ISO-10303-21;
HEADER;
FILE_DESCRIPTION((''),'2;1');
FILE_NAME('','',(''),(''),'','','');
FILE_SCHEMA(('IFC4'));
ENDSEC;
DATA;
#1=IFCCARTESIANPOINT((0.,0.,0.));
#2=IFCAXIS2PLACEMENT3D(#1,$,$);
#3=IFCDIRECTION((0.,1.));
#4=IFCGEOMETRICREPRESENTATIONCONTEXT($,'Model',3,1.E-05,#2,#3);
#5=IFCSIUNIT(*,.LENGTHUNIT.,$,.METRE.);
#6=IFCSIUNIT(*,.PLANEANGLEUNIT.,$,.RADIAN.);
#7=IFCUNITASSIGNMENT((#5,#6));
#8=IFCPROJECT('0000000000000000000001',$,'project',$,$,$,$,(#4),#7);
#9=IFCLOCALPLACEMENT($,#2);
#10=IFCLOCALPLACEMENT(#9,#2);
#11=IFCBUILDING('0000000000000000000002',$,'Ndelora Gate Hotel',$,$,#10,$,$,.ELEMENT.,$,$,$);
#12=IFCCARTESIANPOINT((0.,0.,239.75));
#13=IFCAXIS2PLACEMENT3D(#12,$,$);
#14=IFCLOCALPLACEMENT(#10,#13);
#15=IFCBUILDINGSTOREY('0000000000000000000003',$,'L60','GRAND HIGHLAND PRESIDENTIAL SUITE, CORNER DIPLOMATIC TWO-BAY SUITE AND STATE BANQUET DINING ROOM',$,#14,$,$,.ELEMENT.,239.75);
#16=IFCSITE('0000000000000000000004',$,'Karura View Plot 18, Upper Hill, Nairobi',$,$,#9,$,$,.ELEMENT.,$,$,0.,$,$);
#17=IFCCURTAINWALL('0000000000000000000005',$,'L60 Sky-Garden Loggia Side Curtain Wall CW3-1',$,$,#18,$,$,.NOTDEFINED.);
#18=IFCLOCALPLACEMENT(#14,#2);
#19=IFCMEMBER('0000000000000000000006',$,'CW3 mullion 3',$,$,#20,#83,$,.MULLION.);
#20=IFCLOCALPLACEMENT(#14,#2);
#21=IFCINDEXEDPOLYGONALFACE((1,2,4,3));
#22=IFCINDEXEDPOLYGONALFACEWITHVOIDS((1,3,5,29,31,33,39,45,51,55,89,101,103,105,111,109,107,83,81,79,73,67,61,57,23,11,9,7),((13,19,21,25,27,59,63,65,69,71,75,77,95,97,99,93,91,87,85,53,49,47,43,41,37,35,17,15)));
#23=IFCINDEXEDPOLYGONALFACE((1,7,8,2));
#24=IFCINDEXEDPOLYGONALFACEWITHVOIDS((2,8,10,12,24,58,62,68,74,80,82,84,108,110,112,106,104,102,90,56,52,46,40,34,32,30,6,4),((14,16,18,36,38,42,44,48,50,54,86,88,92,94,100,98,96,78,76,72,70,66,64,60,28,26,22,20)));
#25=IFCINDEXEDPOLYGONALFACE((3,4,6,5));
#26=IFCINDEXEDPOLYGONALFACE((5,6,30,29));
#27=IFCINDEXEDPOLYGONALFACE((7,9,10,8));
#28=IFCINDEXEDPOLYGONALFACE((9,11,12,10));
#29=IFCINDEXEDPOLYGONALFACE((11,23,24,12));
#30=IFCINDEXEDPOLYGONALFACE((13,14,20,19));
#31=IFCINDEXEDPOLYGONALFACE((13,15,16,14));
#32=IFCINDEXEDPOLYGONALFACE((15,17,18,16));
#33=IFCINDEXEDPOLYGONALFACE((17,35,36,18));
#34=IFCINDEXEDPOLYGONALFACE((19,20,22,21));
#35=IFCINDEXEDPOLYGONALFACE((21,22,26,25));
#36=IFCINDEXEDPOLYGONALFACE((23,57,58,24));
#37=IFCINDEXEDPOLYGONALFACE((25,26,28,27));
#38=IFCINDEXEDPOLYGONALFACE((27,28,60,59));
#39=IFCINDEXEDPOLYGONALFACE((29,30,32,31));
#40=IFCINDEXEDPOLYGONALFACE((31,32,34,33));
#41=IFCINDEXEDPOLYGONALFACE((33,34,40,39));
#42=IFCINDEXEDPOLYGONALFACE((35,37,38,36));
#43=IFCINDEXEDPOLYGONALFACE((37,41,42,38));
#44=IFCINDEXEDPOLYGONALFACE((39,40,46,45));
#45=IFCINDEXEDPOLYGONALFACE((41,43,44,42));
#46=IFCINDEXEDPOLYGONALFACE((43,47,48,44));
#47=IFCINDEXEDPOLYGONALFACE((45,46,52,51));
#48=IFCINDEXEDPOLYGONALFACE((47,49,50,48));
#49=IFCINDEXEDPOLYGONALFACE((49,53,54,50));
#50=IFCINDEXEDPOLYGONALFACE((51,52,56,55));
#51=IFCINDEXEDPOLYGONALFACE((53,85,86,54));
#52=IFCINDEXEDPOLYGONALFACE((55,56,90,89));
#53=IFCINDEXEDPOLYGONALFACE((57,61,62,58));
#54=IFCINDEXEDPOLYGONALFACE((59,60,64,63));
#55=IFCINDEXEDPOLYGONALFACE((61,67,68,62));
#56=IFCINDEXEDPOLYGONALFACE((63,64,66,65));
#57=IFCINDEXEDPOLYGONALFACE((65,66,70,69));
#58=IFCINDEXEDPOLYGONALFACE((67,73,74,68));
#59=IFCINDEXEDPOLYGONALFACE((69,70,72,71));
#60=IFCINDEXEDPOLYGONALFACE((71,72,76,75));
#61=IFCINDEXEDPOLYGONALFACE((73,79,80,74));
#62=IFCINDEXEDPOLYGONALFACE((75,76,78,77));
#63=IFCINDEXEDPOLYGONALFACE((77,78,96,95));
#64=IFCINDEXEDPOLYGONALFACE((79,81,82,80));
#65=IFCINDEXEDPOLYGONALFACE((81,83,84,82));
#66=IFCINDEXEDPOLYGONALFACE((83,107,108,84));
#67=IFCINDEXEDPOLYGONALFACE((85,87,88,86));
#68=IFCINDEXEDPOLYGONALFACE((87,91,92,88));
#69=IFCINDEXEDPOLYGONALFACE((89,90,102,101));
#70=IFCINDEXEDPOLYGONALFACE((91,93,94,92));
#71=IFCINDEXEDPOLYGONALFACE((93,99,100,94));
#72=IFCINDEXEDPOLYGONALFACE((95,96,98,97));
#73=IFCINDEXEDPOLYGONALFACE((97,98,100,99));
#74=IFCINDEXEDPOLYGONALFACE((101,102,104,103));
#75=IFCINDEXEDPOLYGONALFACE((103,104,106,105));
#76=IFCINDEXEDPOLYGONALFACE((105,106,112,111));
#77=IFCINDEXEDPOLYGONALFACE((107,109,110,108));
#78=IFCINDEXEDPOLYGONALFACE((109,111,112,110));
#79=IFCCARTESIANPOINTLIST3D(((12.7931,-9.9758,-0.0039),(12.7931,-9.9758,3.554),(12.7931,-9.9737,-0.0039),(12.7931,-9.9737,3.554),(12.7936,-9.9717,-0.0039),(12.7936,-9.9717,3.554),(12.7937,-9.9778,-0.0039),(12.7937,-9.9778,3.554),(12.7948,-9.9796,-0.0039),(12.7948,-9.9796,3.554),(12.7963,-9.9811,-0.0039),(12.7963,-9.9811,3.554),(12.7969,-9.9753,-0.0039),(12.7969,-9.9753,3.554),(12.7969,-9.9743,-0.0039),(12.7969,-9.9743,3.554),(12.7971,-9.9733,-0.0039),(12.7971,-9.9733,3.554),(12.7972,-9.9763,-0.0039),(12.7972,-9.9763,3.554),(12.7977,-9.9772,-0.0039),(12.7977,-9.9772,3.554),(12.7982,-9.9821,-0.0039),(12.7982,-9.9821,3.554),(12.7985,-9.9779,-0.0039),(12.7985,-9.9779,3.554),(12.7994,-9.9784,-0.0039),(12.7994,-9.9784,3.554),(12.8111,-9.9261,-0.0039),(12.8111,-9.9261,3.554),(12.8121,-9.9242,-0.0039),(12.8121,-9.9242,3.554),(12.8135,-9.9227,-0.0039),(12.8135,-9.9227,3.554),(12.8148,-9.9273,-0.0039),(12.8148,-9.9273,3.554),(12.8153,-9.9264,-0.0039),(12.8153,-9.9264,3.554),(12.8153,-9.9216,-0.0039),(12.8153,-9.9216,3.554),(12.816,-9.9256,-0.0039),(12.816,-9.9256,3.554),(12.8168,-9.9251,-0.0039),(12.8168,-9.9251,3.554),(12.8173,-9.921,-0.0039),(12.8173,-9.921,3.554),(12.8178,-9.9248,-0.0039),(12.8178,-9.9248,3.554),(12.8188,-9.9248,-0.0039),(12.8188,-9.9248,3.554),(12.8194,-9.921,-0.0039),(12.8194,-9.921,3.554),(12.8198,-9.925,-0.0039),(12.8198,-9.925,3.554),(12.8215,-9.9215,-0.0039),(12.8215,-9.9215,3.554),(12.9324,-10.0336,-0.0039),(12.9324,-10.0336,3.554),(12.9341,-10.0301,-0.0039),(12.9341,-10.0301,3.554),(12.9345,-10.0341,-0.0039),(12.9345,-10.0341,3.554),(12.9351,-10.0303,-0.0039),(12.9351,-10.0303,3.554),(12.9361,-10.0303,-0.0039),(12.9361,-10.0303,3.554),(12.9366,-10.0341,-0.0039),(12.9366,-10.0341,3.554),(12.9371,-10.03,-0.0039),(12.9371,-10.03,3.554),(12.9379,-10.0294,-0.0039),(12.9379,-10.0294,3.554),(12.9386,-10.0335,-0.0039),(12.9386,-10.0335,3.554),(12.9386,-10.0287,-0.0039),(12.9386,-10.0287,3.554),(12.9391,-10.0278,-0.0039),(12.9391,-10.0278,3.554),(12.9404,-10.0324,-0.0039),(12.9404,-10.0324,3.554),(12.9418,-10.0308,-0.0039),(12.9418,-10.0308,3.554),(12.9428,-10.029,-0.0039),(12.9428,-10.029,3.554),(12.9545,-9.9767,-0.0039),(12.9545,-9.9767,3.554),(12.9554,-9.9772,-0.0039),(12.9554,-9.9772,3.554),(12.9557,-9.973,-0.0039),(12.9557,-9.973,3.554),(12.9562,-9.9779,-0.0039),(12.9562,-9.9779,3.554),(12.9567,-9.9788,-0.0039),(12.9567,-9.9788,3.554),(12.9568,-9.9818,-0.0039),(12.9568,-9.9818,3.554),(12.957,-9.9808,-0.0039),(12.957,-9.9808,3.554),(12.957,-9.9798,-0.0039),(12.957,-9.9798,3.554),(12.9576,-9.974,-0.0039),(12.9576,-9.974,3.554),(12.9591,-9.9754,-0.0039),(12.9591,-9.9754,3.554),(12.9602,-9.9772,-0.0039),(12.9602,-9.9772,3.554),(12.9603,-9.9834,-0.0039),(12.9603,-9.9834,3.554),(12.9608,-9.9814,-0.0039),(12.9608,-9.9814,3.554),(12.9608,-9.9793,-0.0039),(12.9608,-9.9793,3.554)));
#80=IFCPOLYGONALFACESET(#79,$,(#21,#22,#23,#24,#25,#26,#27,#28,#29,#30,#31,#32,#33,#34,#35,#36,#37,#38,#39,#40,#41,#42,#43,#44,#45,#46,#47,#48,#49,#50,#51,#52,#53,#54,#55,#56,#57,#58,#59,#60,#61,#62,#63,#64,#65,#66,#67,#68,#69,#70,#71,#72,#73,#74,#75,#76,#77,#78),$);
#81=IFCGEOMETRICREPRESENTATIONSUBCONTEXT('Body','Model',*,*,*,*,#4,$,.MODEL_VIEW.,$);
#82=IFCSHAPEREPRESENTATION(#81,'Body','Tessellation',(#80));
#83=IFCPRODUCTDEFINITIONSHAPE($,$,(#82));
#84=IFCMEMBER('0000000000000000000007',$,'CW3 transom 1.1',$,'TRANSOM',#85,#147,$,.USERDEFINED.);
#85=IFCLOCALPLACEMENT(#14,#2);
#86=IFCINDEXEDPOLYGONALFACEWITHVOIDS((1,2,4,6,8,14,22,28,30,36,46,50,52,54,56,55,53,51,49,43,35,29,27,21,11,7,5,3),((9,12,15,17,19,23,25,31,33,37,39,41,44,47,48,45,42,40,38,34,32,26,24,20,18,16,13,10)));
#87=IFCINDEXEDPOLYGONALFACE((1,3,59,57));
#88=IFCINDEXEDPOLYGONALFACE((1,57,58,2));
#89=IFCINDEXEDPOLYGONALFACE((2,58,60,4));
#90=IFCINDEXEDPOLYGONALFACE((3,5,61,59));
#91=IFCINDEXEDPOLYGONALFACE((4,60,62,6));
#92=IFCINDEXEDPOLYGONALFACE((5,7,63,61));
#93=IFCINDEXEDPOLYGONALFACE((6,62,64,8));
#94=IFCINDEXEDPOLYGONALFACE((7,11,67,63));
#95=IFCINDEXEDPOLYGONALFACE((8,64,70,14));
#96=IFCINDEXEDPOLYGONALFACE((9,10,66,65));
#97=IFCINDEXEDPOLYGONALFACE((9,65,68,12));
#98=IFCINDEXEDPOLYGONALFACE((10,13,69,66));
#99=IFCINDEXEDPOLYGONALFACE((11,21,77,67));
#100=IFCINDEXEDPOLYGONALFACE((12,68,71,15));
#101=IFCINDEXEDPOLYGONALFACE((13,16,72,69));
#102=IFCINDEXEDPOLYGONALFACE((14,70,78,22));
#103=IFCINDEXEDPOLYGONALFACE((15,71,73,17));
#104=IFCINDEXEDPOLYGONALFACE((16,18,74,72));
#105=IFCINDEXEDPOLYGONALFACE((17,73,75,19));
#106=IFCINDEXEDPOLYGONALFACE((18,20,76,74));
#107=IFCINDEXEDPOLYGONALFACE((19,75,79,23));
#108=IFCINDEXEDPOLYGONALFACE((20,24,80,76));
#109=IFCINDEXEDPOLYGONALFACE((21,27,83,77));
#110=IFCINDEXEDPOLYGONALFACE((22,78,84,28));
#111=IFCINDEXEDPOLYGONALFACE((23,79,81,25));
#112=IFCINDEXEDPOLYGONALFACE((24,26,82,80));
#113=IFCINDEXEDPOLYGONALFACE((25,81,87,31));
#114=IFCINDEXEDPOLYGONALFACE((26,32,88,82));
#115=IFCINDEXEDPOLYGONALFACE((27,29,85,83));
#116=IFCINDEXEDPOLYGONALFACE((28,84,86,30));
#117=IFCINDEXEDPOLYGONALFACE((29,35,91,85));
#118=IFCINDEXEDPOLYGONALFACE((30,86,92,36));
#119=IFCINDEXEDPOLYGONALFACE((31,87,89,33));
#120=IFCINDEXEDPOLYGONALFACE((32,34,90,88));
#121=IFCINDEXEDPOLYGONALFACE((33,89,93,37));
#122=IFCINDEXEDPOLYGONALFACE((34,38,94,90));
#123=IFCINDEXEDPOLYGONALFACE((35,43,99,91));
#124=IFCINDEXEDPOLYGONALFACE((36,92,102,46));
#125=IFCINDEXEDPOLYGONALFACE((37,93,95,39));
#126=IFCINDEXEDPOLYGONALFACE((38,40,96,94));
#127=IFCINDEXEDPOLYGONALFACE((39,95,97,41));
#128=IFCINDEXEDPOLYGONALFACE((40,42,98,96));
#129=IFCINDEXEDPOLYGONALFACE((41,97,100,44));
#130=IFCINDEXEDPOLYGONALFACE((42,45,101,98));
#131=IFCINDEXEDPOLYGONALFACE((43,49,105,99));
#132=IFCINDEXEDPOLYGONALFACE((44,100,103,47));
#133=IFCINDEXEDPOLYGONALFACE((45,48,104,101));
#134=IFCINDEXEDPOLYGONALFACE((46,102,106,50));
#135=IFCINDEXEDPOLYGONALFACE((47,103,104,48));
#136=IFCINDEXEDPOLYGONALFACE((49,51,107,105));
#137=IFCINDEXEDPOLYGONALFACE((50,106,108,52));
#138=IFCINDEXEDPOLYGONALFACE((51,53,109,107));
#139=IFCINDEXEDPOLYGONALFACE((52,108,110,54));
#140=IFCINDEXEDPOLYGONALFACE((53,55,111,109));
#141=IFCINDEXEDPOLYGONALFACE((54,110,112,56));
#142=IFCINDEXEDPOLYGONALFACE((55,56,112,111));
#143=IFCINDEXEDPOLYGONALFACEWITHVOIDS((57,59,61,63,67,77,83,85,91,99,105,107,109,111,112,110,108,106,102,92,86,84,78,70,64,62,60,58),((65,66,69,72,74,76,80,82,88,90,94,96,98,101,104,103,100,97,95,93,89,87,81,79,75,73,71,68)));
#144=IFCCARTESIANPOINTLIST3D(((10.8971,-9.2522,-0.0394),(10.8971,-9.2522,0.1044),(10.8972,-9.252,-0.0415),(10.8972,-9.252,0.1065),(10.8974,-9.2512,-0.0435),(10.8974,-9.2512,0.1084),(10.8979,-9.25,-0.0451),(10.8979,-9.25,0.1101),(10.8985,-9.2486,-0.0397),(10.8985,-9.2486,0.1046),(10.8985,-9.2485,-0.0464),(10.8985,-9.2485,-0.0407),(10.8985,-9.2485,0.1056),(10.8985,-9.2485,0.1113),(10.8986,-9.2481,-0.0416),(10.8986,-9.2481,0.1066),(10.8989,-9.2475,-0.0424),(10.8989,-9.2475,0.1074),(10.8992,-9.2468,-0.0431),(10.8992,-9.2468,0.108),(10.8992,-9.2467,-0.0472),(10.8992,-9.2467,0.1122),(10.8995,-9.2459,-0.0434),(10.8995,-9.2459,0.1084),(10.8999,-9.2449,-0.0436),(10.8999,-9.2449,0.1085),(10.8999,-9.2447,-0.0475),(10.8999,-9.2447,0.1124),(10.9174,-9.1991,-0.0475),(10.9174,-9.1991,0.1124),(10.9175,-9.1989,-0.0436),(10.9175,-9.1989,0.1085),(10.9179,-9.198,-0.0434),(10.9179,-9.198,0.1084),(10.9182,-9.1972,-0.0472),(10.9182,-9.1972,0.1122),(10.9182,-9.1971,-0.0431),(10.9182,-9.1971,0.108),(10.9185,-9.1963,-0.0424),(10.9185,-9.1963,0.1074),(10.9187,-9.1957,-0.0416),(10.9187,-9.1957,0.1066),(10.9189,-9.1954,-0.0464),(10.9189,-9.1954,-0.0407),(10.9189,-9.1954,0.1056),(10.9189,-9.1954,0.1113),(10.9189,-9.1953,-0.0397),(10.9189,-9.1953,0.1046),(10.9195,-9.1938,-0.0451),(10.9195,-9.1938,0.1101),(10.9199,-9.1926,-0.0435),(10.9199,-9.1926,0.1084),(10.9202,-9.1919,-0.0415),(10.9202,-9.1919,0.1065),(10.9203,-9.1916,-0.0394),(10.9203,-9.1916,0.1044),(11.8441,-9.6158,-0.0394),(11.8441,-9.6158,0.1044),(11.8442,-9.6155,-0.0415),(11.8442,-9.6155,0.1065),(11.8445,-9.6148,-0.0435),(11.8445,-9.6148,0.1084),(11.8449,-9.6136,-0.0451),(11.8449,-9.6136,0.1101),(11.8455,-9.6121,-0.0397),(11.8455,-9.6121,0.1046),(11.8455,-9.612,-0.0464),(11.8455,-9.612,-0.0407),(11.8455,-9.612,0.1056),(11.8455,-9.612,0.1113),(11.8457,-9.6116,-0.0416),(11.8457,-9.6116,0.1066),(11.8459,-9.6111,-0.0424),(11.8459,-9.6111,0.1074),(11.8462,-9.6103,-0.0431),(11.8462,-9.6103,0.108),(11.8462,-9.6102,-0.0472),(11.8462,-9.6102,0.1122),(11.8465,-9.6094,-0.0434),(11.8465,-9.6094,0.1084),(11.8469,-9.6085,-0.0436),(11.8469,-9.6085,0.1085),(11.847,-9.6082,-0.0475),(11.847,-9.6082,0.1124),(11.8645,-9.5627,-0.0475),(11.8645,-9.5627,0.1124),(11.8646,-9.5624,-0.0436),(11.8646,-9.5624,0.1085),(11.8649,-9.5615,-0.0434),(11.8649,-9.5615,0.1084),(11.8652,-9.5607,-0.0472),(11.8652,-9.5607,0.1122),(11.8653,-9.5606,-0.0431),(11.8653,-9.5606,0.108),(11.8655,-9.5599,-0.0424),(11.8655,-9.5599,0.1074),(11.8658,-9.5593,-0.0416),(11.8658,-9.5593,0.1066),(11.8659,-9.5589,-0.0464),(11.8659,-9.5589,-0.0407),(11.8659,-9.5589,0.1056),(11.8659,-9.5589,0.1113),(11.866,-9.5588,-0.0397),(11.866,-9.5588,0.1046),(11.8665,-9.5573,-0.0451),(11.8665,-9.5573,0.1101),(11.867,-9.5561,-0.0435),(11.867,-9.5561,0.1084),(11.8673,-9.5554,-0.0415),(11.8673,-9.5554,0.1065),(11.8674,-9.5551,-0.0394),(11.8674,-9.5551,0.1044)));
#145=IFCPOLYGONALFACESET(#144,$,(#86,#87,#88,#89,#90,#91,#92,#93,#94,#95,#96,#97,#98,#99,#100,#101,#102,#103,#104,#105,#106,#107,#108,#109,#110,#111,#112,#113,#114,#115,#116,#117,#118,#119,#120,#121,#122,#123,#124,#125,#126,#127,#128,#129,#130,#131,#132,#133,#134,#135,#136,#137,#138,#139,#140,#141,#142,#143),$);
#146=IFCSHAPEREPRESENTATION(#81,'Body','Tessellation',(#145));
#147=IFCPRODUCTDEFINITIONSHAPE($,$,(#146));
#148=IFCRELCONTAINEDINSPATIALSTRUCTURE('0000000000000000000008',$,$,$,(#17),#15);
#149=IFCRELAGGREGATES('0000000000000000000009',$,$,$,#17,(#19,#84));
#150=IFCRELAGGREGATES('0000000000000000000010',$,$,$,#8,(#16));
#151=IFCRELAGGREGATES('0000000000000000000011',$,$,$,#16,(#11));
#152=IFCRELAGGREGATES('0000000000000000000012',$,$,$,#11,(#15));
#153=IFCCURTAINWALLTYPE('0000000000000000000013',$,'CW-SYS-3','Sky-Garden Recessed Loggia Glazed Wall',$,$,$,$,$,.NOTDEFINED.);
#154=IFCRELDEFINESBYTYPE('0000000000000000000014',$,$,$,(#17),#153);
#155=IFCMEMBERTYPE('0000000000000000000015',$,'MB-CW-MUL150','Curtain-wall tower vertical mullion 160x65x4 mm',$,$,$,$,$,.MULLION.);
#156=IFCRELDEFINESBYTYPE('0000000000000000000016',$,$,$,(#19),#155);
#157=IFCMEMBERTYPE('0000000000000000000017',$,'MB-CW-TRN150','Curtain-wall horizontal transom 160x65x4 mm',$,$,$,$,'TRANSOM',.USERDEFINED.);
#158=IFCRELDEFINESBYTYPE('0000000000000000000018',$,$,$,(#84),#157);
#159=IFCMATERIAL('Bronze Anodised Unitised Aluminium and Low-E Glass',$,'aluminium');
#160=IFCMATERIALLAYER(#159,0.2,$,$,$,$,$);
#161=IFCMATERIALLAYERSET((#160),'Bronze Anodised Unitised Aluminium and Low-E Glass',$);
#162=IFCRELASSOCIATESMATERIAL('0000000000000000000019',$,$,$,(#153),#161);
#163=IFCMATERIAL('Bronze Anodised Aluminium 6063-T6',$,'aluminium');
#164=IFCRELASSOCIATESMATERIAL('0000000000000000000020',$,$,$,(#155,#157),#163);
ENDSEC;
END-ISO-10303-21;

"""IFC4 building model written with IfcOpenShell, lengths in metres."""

from ifc_helpers import new_model, si_unit, direction, frame, origin, origin_2d, place, context, subcontext, project, spatial, hollow_rectangle, extrude, material, layer, layer_set, material_profile, profile_set, type_object, element, aggregate, save


model = new_model("IFC4")

# Units and contexts
model_context = context("Model", 3, precision=1e-05, world=origin(), true_north=direction((0.0, 1.0)))
body_context = subcontext(model_context, "Body", "Model", "MODEL_VIEW")
ifc_project = project(units=[si_unit("LENGTHUNIT", "METRE"), si_unit("PLANEANGLEUNIT", "RADIAN")], contexts=[model_context])

# Site, building, storey
site_placement = place(None, origin())
site = spatial("IfcSite", under=ifc_project, at=site_placement, Name="Karura View Plot 18, Upper Hill, Nairobi", CompositionType="ELEMENT", RefElevation=0.0)
building_placement = place(site_placement, origin())
building = spatial("IfcBuilding", under=site, at=building_placement, Name="Ndelora Gate Hotel", CompositionType="ELEMENT")
storey_placement = place(building_placement, frame((0.0, 0.0, 239.75)))
storey = spatial("IfcBuildingStorey", under=building, at=storey_placement, Name="L60", Description="GRAND HIGHLAND PRESIDENTIAL SUITE, CORNER DIPLOMATIC TWO-BAY SUITE AND STATE BANQUET DINING ROOM", CompositionType="ELEMENT", Elevation=239.75)

# Curtain wall, members
ifc_material_1 = material(Name="Bronze Anodised Unitised Aluminium and Low-E Glass", Category="aluminium")
ifc_layer_1 = layer(ifc_material_1, 0.2)
ifc_layer_set_1 = layer_set([ifc_layer_1], Name="Bronze Anodised Unitised Aluminium and Low-E Glass")
curtain_wall_type = type_object("IfcCurtainWallType", Name="CW-SYS-3", Description="Sky-Garden Recessed Loggia Glazed Wall", PredefinedType="NOTDEFINED", material=ifc_layer_set_1)
curtain_wall_placement = place(storey_placement, origin())
curtain_wall = element("IfcCurtainWall", 1, at=curtain_wall_placement, inside=storey, type_object=curtain_wall_type, Name="L60 Sky-Garden Loggia Side Curtain Wall CW3-1", PredefinedType="NOTDEFINED")
ifc_material_2 = material(Name="Bronze Anodised Aluminium 6063-T6", Category="aluminium")
ifc_material_profile_1 = material_profile(ifc_material_2, hollow_rectangle(XDim=0.0649, YDim=0.1599, WallThickness=0.0039, InnerFilletRadius=0.0039, OuterFilletRadius=0.0081, at=origin_2d()), Name="ALU 160x65x4")
ifc_profile_set_1 = profile_set([ifc_material_profile_1], Name="Bronze Anodised Aluminium 6063-T6")
member_type_1 = type_object("IfcMemberType", Name="MB-CW-MUL150", Description="Curtain-wall tower vertical mullion 160x65x4 mm", PredefinedType="MULLION", material=ifc_profile_set_1)
member_1_placement = place(storey_placement, frame((12.877, -9.9775, -0.0039), z_axis=(0.0, 0.0, 1.0), x_axis=(0.358376, 0.933577, 0.0)))
member_1 = element("IfcMember", 2, at=member_1_placement, type_object=member_type_1, Name="CW3 mullion 3", PredefinedType="MULLION", context=body_context, shape_type="SweptSolid", body=[
    extrude(hollow_rectangle(XDim=0.0649, YDim=0.1599, WallThickness=0.0039, InnerFilletRadius=0.0039, OuterFilletRadius=0.0081, at=origin_2d()), origin(), (0.0, 0.0, 1.0), 3.5579),
])
ifc_material_profile_2 = material_profile(ifc_material_2, hollow_rectangle(XDim=0.0649, YDim=0.1599, WallThickness=0.0039, InnerFilletRadius=0.0039, OuterFilletRadius=0.0081, at=origin_2d()), Name="ALU 160x65x4")
ifc_profile_set_2 = profile_set([ifc_material_profile_2], Name="Bronze Anodised Aluminium 6063-T6")
member_type_2 = type_object("IfcMemberType", Name="MB-CW-TRN150", Description="Curtain-wall horizontal transom 160x65x4 mm", ElementType="TRANSOM", PredefinedType="USERDEFINED", material=ifc_profile_set_2)
member_2_placement = place(storey_placement, frame((10.9087, -9.2219, 0.0325), z_axis=(0.933581, -0.358366, 0.0), x_axis=(0.358366, 0.933581, 0.0)))
member_2 = element("IfcMember", 3, at=member_2_placement, type_object=member_type_2, Name="CW3 transom 1.1", ObjectType="TRANSOM", PredefinedType="USERDEFINED", context=body_context, shape_type="SweptSolid", body=[
    extrude(hollow_rectangle(XDim=0.0649, YDim=0.1599, WallThickness=0.0039, InnerFilletRadius=0.0039, OuterFilletRadius=0.0081, at=origin_2d()), origin(), (0.0, 0.0, 1.0), 1.0144),
])
aggregate(curtain_wall, [member_1, member_2])

save(model, "model.ifc")
